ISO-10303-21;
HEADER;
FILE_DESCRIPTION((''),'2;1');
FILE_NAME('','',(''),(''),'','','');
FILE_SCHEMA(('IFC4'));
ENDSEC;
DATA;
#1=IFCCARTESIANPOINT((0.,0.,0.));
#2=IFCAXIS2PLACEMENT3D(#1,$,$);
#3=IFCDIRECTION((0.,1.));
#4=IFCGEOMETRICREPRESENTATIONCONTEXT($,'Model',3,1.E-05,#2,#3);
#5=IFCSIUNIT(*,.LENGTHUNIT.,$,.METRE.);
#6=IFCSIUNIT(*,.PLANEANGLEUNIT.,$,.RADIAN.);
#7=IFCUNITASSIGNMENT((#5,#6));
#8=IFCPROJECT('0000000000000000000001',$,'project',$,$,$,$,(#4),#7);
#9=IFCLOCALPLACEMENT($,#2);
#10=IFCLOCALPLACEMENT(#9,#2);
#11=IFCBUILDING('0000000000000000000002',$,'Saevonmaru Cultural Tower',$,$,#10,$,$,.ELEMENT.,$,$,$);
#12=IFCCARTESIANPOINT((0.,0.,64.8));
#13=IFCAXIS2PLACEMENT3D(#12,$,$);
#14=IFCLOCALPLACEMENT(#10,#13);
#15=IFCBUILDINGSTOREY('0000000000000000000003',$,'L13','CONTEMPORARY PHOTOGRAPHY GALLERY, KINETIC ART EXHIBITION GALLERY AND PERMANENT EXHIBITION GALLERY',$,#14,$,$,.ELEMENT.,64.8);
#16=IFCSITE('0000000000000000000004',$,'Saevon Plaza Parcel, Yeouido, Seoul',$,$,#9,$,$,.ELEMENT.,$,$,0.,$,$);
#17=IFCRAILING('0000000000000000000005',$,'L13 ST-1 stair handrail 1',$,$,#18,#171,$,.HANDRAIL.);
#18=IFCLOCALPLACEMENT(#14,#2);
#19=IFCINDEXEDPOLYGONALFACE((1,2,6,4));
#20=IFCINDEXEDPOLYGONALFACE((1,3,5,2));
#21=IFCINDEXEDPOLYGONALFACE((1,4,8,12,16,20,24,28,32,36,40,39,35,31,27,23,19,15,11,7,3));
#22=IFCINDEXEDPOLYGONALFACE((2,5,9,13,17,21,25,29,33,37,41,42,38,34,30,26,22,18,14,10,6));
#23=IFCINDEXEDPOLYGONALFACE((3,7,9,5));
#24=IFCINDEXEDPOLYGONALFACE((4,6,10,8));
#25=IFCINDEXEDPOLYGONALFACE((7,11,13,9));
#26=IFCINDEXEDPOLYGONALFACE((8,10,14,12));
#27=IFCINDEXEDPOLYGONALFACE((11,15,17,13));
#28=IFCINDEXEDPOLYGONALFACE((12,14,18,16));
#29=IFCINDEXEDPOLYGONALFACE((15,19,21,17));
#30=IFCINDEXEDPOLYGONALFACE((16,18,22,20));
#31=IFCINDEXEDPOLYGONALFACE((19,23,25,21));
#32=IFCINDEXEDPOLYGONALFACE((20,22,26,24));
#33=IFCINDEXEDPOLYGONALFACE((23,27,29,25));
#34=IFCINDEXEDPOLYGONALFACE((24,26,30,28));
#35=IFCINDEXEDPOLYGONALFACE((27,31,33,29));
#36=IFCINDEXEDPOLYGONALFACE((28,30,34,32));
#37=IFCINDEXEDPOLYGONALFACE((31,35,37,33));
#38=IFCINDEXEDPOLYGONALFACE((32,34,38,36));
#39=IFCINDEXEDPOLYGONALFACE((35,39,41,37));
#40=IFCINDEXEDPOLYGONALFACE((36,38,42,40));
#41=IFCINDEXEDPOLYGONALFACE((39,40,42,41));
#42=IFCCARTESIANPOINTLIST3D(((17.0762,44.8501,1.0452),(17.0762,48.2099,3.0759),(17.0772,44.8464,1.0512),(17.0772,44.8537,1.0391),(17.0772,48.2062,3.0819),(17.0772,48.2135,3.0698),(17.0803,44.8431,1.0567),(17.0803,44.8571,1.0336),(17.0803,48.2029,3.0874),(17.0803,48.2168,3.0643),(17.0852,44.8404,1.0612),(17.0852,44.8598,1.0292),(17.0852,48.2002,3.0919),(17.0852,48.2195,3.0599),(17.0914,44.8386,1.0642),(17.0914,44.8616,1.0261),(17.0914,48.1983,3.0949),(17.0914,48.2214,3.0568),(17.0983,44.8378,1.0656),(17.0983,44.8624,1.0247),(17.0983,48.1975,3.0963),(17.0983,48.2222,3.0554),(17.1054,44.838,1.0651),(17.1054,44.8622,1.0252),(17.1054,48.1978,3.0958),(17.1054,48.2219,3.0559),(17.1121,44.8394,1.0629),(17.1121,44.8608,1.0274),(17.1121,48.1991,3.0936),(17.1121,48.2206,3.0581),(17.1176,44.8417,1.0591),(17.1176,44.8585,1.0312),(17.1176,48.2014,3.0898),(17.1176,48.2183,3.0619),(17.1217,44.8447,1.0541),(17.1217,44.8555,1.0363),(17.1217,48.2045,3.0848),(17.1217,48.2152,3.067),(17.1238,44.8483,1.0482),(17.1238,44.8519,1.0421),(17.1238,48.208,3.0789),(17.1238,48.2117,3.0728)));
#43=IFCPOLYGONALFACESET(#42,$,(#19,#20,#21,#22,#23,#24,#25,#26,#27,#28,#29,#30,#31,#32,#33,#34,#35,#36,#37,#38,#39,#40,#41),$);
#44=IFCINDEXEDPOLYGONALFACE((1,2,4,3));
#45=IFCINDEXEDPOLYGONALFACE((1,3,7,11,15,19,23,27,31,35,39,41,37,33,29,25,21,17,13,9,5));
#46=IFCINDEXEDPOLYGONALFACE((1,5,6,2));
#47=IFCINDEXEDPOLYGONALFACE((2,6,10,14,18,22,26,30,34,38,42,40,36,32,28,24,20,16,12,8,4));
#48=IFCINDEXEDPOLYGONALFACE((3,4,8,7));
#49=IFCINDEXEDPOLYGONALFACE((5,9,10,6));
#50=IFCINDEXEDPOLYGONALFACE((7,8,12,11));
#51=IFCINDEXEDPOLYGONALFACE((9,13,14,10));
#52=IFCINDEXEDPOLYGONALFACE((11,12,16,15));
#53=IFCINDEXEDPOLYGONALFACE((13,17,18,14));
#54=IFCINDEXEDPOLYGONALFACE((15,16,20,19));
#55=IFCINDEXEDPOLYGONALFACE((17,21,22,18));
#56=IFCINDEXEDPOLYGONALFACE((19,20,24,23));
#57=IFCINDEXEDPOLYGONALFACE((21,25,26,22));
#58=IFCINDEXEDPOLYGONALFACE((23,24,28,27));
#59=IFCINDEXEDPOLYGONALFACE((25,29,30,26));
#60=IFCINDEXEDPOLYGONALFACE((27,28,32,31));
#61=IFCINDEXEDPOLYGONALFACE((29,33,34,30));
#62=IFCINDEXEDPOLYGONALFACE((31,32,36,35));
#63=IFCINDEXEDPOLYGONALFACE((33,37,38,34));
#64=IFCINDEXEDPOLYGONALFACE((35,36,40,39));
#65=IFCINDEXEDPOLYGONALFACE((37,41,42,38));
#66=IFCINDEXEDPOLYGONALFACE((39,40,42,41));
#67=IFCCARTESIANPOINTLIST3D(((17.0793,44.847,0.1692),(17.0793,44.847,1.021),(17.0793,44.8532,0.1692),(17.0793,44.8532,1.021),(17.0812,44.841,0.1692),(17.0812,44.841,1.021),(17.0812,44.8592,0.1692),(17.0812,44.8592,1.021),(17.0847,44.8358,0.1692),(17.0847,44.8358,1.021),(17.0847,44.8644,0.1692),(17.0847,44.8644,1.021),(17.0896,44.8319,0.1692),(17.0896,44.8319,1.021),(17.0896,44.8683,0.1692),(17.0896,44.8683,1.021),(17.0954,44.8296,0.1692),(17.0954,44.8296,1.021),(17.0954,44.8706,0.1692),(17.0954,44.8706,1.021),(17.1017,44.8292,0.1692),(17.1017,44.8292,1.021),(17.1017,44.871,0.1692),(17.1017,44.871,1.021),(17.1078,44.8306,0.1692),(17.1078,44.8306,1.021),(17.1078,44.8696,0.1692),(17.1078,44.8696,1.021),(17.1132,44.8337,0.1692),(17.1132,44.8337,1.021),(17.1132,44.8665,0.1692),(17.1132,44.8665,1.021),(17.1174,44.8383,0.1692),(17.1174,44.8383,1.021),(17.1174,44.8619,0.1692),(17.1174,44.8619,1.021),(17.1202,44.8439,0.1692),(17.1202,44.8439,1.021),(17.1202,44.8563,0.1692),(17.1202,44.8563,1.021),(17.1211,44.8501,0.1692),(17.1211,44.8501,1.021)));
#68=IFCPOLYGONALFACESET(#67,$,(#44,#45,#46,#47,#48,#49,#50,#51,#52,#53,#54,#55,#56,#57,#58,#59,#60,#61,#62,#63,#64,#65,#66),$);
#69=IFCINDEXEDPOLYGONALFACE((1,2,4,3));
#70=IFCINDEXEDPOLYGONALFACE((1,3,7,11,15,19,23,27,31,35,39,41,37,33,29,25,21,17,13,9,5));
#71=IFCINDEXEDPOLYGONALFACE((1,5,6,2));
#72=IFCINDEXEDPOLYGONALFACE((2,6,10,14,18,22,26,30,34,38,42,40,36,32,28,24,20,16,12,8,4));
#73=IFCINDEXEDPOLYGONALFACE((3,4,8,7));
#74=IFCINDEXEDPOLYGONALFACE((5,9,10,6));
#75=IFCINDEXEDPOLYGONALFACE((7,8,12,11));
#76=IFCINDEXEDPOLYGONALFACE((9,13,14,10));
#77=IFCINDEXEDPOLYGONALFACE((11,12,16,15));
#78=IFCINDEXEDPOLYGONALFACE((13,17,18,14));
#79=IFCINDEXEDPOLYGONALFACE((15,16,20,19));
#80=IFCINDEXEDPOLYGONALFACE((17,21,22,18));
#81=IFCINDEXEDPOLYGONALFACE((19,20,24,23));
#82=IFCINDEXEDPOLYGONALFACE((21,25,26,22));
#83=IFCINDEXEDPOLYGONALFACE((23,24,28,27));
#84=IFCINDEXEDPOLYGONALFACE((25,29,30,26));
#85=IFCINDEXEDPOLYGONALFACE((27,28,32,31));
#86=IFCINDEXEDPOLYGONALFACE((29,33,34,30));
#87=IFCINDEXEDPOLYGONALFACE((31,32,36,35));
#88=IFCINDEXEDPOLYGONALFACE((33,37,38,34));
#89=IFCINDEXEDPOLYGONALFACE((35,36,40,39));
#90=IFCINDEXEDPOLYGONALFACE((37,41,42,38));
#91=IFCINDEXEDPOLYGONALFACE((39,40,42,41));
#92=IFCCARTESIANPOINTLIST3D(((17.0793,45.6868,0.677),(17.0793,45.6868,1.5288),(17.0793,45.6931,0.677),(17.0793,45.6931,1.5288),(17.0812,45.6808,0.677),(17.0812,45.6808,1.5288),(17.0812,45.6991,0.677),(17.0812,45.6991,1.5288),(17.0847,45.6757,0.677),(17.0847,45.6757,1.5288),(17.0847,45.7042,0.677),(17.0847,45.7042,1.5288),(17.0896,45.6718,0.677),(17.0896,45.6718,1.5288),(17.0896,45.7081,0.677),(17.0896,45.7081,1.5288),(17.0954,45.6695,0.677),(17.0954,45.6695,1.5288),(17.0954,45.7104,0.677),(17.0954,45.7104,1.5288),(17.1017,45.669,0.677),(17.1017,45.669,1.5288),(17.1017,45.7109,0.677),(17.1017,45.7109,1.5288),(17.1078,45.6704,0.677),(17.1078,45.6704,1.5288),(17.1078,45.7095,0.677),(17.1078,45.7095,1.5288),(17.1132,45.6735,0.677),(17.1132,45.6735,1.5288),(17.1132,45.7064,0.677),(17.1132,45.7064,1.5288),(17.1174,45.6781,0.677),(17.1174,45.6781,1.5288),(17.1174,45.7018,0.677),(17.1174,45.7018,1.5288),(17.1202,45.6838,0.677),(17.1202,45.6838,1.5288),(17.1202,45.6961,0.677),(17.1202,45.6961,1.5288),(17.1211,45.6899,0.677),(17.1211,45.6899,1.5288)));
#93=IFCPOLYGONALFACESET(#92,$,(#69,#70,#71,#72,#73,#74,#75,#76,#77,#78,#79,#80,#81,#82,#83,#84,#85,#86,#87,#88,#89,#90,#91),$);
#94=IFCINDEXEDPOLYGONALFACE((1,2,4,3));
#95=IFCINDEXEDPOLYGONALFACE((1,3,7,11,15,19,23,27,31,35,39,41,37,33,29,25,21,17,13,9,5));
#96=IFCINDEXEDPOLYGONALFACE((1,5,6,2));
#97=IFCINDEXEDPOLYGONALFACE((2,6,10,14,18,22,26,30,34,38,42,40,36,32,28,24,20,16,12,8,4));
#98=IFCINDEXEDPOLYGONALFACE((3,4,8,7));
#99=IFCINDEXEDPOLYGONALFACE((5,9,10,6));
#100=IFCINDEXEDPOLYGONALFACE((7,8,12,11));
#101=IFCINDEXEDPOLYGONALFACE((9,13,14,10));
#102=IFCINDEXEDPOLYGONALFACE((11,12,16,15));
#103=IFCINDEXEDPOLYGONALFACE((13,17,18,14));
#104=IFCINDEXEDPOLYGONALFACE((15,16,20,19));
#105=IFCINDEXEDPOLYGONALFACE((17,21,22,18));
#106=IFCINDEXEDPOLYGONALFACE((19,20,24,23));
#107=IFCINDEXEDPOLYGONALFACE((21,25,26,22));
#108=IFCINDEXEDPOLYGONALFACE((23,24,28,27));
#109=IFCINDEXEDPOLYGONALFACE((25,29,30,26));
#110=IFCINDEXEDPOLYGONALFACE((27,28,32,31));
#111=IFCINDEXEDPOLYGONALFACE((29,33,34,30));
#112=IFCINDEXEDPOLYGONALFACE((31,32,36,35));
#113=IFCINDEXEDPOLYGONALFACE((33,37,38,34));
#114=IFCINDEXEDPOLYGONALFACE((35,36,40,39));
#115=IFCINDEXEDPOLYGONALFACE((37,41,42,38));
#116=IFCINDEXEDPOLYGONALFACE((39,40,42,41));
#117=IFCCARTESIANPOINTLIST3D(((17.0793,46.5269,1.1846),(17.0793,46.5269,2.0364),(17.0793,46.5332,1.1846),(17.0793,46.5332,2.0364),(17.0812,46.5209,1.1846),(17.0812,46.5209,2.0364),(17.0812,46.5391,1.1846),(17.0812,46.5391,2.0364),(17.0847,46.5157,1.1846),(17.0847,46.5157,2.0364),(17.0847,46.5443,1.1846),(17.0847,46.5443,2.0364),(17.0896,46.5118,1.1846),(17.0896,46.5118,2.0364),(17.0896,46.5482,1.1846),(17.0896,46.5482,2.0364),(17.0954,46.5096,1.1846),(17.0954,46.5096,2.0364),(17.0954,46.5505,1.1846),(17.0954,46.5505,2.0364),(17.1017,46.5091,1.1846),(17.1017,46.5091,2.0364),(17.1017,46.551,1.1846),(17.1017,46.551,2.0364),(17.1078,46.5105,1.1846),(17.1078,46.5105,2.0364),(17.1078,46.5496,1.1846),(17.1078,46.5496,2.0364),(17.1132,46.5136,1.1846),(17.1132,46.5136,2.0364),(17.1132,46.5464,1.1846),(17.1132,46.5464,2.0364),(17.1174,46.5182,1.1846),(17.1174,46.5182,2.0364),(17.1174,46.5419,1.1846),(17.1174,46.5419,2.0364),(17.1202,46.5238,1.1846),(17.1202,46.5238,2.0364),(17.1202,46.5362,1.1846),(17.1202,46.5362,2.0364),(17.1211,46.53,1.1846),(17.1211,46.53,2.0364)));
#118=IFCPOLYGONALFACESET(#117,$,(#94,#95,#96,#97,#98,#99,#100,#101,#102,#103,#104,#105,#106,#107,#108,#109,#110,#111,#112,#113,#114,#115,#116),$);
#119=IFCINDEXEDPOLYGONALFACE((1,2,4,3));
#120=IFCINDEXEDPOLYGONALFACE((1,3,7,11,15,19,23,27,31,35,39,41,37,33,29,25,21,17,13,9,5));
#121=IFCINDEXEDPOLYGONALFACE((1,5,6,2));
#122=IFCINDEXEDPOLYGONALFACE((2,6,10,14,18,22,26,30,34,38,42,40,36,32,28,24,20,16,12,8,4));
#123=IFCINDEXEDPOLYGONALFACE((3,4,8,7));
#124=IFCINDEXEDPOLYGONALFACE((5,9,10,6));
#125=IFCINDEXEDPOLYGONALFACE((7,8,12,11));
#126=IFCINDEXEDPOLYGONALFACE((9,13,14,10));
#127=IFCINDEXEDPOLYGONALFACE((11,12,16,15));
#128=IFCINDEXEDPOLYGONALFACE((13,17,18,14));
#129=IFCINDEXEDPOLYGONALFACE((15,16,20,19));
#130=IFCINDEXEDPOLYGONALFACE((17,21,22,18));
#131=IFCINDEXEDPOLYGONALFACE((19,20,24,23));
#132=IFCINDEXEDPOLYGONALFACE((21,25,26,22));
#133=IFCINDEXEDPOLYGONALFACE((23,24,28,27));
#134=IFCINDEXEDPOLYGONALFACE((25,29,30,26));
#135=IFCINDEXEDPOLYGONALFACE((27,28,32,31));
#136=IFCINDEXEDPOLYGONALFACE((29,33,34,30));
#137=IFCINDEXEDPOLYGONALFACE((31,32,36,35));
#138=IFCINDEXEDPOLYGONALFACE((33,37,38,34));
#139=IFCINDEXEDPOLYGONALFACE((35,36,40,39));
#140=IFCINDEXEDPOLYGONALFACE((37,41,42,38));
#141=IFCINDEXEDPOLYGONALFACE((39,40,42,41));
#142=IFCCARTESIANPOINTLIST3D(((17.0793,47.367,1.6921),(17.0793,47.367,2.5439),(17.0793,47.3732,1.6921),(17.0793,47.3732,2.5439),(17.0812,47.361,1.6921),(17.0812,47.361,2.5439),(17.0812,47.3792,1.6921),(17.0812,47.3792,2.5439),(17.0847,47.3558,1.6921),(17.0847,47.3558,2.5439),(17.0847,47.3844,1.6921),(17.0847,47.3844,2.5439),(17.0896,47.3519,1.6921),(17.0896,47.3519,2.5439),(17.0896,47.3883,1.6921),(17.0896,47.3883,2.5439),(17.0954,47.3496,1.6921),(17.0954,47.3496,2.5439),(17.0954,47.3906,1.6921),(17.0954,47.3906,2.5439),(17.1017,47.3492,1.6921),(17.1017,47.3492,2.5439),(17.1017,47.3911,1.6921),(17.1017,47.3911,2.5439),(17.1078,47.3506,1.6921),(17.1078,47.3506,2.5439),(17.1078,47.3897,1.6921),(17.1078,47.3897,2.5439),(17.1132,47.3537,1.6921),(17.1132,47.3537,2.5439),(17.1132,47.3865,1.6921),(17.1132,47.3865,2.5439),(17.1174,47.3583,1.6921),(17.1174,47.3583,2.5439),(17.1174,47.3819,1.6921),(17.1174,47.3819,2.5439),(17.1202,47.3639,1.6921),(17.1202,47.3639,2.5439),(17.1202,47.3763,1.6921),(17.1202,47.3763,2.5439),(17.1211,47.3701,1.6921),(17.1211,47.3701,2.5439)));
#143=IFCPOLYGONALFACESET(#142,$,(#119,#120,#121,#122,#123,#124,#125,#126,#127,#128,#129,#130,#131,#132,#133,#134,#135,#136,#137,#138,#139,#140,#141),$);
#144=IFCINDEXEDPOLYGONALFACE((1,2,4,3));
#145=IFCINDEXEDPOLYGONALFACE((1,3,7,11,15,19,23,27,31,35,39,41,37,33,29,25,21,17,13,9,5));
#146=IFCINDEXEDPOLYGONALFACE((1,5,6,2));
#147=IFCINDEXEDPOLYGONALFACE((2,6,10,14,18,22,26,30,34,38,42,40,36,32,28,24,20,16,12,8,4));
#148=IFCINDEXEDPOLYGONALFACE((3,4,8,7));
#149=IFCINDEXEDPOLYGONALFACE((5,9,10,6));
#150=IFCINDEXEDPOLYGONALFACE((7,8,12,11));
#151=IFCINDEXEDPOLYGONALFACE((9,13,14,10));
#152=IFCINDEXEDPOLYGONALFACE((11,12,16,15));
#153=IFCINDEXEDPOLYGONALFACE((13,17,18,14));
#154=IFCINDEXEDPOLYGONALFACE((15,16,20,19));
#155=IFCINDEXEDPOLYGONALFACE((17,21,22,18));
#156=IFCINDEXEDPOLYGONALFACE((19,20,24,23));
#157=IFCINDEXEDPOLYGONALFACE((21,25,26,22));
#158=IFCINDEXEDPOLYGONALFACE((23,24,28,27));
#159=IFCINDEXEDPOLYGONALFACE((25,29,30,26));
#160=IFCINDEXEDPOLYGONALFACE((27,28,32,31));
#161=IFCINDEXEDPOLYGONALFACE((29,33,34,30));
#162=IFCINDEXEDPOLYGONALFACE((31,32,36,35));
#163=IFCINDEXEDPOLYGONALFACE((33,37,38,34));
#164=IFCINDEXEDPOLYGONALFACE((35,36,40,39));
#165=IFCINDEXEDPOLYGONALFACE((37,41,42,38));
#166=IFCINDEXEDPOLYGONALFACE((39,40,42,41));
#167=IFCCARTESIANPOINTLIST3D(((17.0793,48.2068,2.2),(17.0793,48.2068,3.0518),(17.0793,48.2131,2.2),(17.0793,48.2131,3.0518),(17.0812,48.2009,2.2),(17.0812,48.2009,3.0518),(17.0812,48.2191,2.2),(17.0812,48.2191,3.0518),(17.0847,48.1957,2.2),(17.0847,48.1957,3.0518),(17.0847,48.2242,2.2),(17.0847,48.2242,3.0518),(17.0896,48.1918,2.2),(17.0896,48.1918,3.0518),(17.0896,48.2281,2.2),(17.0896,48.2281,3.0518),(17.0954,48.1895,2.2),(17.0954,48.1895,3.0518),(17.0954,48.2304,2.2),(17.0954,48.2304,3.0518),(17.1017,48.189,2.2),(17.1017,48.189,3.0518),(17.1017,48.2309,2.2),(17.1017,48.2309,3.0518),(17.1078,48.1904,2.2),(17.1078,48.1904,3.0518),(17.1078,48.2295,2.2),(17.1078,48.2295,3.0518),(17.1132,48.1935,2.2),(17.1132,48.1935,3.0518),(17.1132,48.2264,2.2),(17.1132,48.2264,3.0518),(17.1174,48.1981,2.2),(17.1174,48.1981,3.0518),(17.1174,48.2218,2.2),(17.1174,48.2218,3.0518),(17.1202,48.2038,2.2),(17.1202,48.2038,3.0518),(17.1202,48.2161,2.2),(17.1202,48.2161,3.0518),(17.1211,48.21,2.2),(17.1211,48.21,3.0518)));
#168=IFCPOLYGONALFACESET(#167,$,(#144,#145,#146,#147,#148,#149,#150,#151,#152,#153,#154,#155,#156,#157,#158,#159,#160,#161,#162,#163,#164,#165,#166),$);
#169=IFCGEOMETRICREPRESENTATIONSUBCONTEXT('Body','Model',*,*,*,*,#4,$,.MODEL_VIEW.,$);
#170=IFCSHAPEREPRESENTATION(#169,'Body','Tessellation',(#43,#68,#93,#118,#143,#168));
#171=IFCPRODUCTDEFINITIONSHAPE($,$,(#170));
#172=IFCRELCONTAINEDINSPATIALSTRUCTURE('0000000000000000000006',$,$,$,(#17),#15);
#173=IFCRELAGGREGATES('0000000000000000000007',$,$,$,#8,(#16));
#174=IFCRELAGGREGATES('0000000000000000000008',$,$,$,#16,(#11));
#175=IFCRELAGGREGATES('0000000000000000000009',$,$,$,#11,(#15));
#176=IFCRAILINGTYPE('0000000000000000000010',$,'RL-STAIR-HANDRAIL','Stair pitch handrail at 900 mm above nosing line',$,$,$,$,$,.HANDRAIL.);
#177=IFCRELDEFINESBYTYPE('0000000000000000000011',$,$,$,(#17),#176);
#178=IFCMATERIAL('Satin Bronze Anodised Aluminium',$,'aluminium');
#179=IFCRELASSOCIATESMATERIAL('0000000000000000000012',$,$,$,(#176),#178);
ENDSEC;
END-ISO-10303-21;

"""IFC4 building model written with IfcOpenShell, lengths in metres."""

from ifc_helpers import new_model, si_unit, direction, frame, origin, origin_2d, place, context, subcontext, project, spatial, circle, extrude, material, type_object, element, save


model = new_model("IFC4")

# Units and contexts
model_context = context("Model", 3, precision=1e-05, world=origin(), true_north=direction((0.0, 1.0)))
body_context = subcontext(model_context, "Body", "Model", "MODEL_VIEW")
ifc_project = project(units=[si_unit("LENGTHUNIT", "METRE"), si_unit("PLANEANGLEUNIT", "RADIAN")], contexts=[model_context])

# Site, building, storey
site_placement = place(None, origin())
site = spatial("IfcSite", under=ifc_project, at=site_placement, Name="Saevon Plaza Parcel, Yeouido, Seoul", CompositionType="ELEMENT", RefElevation=0.0)
building_placement = place(site_placement, origin())
building = spatial("IfcBuilding", under=site, at=building_placement, Name="Saevonmaru Cultural Tower", CompositionType="ELEMENT")
storey_placement = place(building_placement, frame((0.0, 0.0, 64.8)))
storey = spatial("IfcBuildingStorey", under=building, at=storey_placement, Name="L13", Description="CONTEMPORARY PHOTOGRAPHY GALLERY, KINETIC ART EXHIBITION GALLERY AND PERMANENT EXHIBITION GALLERY", CompositionType="ELEMENT", Elevation=64.8)

# Shared definitions
ifc_material_1 = material(Name="Satin Bronze Anodised Aluminium", Category="aluminium")

# Railing
railing_type_1 = type_object("IfcRailingType", Name="RL-STAIR-HANDRAIL", Description="Stair pitch handrail at 900 mm above nosing line", PredefinedType="HANDRAIL", material=ifc_material_1)
railing_1_placement = place(storey_placement, frame((17.1001, 44.8501, 0.1692)))
element("IfcRailing", 1, at=railing_1_placement, inside=storey, type_object=railing_type_1, Name="L13 ST-1 stair handrail 1", PredefinedType="HANDRAIL", context=body_context, shape_type="SweptSolid", body=[
    extrude(circle(Radius=0.0239, at=origin_2d()), frame((0.0, 0.0, 0.876), z_axis=(0.0, 0.85582, 0.517273), x_axis=(-1.0, 0.0, 0.0)), (0.0, 0.0, 1.0), 3.9258),
    extrude(circle(Radius=0.021, at=origin_2d()), origin(), (0.0, 0.0, 1.0), 0.8518),
    extrude(circle(Radius=0.021, at=origin_2d()), frame((0.0, 0.8398, 0.5078)), (0.0, 0.0, 1.0), 0.8518),
    extrude(circle(Radius=0.021, at=origin_2d()), frame((0.0, 1.6799, 1.0154)), (0.0, 0.0, 1.0), 0.8518),
    extrude(circle(Radius=0.021, at=origin_2d()), frame((0.0, 2.52, 1.5229)), (0.0, 0.0, 1.0), 0.8518),
    extrude(circle(Radius=0.021, at=origin_2d()), frame((0.0, 3.3599, 2.0308)), (0.0, 0.0, 1.0), 0.8518),
])

save(model, "model.ifc")
